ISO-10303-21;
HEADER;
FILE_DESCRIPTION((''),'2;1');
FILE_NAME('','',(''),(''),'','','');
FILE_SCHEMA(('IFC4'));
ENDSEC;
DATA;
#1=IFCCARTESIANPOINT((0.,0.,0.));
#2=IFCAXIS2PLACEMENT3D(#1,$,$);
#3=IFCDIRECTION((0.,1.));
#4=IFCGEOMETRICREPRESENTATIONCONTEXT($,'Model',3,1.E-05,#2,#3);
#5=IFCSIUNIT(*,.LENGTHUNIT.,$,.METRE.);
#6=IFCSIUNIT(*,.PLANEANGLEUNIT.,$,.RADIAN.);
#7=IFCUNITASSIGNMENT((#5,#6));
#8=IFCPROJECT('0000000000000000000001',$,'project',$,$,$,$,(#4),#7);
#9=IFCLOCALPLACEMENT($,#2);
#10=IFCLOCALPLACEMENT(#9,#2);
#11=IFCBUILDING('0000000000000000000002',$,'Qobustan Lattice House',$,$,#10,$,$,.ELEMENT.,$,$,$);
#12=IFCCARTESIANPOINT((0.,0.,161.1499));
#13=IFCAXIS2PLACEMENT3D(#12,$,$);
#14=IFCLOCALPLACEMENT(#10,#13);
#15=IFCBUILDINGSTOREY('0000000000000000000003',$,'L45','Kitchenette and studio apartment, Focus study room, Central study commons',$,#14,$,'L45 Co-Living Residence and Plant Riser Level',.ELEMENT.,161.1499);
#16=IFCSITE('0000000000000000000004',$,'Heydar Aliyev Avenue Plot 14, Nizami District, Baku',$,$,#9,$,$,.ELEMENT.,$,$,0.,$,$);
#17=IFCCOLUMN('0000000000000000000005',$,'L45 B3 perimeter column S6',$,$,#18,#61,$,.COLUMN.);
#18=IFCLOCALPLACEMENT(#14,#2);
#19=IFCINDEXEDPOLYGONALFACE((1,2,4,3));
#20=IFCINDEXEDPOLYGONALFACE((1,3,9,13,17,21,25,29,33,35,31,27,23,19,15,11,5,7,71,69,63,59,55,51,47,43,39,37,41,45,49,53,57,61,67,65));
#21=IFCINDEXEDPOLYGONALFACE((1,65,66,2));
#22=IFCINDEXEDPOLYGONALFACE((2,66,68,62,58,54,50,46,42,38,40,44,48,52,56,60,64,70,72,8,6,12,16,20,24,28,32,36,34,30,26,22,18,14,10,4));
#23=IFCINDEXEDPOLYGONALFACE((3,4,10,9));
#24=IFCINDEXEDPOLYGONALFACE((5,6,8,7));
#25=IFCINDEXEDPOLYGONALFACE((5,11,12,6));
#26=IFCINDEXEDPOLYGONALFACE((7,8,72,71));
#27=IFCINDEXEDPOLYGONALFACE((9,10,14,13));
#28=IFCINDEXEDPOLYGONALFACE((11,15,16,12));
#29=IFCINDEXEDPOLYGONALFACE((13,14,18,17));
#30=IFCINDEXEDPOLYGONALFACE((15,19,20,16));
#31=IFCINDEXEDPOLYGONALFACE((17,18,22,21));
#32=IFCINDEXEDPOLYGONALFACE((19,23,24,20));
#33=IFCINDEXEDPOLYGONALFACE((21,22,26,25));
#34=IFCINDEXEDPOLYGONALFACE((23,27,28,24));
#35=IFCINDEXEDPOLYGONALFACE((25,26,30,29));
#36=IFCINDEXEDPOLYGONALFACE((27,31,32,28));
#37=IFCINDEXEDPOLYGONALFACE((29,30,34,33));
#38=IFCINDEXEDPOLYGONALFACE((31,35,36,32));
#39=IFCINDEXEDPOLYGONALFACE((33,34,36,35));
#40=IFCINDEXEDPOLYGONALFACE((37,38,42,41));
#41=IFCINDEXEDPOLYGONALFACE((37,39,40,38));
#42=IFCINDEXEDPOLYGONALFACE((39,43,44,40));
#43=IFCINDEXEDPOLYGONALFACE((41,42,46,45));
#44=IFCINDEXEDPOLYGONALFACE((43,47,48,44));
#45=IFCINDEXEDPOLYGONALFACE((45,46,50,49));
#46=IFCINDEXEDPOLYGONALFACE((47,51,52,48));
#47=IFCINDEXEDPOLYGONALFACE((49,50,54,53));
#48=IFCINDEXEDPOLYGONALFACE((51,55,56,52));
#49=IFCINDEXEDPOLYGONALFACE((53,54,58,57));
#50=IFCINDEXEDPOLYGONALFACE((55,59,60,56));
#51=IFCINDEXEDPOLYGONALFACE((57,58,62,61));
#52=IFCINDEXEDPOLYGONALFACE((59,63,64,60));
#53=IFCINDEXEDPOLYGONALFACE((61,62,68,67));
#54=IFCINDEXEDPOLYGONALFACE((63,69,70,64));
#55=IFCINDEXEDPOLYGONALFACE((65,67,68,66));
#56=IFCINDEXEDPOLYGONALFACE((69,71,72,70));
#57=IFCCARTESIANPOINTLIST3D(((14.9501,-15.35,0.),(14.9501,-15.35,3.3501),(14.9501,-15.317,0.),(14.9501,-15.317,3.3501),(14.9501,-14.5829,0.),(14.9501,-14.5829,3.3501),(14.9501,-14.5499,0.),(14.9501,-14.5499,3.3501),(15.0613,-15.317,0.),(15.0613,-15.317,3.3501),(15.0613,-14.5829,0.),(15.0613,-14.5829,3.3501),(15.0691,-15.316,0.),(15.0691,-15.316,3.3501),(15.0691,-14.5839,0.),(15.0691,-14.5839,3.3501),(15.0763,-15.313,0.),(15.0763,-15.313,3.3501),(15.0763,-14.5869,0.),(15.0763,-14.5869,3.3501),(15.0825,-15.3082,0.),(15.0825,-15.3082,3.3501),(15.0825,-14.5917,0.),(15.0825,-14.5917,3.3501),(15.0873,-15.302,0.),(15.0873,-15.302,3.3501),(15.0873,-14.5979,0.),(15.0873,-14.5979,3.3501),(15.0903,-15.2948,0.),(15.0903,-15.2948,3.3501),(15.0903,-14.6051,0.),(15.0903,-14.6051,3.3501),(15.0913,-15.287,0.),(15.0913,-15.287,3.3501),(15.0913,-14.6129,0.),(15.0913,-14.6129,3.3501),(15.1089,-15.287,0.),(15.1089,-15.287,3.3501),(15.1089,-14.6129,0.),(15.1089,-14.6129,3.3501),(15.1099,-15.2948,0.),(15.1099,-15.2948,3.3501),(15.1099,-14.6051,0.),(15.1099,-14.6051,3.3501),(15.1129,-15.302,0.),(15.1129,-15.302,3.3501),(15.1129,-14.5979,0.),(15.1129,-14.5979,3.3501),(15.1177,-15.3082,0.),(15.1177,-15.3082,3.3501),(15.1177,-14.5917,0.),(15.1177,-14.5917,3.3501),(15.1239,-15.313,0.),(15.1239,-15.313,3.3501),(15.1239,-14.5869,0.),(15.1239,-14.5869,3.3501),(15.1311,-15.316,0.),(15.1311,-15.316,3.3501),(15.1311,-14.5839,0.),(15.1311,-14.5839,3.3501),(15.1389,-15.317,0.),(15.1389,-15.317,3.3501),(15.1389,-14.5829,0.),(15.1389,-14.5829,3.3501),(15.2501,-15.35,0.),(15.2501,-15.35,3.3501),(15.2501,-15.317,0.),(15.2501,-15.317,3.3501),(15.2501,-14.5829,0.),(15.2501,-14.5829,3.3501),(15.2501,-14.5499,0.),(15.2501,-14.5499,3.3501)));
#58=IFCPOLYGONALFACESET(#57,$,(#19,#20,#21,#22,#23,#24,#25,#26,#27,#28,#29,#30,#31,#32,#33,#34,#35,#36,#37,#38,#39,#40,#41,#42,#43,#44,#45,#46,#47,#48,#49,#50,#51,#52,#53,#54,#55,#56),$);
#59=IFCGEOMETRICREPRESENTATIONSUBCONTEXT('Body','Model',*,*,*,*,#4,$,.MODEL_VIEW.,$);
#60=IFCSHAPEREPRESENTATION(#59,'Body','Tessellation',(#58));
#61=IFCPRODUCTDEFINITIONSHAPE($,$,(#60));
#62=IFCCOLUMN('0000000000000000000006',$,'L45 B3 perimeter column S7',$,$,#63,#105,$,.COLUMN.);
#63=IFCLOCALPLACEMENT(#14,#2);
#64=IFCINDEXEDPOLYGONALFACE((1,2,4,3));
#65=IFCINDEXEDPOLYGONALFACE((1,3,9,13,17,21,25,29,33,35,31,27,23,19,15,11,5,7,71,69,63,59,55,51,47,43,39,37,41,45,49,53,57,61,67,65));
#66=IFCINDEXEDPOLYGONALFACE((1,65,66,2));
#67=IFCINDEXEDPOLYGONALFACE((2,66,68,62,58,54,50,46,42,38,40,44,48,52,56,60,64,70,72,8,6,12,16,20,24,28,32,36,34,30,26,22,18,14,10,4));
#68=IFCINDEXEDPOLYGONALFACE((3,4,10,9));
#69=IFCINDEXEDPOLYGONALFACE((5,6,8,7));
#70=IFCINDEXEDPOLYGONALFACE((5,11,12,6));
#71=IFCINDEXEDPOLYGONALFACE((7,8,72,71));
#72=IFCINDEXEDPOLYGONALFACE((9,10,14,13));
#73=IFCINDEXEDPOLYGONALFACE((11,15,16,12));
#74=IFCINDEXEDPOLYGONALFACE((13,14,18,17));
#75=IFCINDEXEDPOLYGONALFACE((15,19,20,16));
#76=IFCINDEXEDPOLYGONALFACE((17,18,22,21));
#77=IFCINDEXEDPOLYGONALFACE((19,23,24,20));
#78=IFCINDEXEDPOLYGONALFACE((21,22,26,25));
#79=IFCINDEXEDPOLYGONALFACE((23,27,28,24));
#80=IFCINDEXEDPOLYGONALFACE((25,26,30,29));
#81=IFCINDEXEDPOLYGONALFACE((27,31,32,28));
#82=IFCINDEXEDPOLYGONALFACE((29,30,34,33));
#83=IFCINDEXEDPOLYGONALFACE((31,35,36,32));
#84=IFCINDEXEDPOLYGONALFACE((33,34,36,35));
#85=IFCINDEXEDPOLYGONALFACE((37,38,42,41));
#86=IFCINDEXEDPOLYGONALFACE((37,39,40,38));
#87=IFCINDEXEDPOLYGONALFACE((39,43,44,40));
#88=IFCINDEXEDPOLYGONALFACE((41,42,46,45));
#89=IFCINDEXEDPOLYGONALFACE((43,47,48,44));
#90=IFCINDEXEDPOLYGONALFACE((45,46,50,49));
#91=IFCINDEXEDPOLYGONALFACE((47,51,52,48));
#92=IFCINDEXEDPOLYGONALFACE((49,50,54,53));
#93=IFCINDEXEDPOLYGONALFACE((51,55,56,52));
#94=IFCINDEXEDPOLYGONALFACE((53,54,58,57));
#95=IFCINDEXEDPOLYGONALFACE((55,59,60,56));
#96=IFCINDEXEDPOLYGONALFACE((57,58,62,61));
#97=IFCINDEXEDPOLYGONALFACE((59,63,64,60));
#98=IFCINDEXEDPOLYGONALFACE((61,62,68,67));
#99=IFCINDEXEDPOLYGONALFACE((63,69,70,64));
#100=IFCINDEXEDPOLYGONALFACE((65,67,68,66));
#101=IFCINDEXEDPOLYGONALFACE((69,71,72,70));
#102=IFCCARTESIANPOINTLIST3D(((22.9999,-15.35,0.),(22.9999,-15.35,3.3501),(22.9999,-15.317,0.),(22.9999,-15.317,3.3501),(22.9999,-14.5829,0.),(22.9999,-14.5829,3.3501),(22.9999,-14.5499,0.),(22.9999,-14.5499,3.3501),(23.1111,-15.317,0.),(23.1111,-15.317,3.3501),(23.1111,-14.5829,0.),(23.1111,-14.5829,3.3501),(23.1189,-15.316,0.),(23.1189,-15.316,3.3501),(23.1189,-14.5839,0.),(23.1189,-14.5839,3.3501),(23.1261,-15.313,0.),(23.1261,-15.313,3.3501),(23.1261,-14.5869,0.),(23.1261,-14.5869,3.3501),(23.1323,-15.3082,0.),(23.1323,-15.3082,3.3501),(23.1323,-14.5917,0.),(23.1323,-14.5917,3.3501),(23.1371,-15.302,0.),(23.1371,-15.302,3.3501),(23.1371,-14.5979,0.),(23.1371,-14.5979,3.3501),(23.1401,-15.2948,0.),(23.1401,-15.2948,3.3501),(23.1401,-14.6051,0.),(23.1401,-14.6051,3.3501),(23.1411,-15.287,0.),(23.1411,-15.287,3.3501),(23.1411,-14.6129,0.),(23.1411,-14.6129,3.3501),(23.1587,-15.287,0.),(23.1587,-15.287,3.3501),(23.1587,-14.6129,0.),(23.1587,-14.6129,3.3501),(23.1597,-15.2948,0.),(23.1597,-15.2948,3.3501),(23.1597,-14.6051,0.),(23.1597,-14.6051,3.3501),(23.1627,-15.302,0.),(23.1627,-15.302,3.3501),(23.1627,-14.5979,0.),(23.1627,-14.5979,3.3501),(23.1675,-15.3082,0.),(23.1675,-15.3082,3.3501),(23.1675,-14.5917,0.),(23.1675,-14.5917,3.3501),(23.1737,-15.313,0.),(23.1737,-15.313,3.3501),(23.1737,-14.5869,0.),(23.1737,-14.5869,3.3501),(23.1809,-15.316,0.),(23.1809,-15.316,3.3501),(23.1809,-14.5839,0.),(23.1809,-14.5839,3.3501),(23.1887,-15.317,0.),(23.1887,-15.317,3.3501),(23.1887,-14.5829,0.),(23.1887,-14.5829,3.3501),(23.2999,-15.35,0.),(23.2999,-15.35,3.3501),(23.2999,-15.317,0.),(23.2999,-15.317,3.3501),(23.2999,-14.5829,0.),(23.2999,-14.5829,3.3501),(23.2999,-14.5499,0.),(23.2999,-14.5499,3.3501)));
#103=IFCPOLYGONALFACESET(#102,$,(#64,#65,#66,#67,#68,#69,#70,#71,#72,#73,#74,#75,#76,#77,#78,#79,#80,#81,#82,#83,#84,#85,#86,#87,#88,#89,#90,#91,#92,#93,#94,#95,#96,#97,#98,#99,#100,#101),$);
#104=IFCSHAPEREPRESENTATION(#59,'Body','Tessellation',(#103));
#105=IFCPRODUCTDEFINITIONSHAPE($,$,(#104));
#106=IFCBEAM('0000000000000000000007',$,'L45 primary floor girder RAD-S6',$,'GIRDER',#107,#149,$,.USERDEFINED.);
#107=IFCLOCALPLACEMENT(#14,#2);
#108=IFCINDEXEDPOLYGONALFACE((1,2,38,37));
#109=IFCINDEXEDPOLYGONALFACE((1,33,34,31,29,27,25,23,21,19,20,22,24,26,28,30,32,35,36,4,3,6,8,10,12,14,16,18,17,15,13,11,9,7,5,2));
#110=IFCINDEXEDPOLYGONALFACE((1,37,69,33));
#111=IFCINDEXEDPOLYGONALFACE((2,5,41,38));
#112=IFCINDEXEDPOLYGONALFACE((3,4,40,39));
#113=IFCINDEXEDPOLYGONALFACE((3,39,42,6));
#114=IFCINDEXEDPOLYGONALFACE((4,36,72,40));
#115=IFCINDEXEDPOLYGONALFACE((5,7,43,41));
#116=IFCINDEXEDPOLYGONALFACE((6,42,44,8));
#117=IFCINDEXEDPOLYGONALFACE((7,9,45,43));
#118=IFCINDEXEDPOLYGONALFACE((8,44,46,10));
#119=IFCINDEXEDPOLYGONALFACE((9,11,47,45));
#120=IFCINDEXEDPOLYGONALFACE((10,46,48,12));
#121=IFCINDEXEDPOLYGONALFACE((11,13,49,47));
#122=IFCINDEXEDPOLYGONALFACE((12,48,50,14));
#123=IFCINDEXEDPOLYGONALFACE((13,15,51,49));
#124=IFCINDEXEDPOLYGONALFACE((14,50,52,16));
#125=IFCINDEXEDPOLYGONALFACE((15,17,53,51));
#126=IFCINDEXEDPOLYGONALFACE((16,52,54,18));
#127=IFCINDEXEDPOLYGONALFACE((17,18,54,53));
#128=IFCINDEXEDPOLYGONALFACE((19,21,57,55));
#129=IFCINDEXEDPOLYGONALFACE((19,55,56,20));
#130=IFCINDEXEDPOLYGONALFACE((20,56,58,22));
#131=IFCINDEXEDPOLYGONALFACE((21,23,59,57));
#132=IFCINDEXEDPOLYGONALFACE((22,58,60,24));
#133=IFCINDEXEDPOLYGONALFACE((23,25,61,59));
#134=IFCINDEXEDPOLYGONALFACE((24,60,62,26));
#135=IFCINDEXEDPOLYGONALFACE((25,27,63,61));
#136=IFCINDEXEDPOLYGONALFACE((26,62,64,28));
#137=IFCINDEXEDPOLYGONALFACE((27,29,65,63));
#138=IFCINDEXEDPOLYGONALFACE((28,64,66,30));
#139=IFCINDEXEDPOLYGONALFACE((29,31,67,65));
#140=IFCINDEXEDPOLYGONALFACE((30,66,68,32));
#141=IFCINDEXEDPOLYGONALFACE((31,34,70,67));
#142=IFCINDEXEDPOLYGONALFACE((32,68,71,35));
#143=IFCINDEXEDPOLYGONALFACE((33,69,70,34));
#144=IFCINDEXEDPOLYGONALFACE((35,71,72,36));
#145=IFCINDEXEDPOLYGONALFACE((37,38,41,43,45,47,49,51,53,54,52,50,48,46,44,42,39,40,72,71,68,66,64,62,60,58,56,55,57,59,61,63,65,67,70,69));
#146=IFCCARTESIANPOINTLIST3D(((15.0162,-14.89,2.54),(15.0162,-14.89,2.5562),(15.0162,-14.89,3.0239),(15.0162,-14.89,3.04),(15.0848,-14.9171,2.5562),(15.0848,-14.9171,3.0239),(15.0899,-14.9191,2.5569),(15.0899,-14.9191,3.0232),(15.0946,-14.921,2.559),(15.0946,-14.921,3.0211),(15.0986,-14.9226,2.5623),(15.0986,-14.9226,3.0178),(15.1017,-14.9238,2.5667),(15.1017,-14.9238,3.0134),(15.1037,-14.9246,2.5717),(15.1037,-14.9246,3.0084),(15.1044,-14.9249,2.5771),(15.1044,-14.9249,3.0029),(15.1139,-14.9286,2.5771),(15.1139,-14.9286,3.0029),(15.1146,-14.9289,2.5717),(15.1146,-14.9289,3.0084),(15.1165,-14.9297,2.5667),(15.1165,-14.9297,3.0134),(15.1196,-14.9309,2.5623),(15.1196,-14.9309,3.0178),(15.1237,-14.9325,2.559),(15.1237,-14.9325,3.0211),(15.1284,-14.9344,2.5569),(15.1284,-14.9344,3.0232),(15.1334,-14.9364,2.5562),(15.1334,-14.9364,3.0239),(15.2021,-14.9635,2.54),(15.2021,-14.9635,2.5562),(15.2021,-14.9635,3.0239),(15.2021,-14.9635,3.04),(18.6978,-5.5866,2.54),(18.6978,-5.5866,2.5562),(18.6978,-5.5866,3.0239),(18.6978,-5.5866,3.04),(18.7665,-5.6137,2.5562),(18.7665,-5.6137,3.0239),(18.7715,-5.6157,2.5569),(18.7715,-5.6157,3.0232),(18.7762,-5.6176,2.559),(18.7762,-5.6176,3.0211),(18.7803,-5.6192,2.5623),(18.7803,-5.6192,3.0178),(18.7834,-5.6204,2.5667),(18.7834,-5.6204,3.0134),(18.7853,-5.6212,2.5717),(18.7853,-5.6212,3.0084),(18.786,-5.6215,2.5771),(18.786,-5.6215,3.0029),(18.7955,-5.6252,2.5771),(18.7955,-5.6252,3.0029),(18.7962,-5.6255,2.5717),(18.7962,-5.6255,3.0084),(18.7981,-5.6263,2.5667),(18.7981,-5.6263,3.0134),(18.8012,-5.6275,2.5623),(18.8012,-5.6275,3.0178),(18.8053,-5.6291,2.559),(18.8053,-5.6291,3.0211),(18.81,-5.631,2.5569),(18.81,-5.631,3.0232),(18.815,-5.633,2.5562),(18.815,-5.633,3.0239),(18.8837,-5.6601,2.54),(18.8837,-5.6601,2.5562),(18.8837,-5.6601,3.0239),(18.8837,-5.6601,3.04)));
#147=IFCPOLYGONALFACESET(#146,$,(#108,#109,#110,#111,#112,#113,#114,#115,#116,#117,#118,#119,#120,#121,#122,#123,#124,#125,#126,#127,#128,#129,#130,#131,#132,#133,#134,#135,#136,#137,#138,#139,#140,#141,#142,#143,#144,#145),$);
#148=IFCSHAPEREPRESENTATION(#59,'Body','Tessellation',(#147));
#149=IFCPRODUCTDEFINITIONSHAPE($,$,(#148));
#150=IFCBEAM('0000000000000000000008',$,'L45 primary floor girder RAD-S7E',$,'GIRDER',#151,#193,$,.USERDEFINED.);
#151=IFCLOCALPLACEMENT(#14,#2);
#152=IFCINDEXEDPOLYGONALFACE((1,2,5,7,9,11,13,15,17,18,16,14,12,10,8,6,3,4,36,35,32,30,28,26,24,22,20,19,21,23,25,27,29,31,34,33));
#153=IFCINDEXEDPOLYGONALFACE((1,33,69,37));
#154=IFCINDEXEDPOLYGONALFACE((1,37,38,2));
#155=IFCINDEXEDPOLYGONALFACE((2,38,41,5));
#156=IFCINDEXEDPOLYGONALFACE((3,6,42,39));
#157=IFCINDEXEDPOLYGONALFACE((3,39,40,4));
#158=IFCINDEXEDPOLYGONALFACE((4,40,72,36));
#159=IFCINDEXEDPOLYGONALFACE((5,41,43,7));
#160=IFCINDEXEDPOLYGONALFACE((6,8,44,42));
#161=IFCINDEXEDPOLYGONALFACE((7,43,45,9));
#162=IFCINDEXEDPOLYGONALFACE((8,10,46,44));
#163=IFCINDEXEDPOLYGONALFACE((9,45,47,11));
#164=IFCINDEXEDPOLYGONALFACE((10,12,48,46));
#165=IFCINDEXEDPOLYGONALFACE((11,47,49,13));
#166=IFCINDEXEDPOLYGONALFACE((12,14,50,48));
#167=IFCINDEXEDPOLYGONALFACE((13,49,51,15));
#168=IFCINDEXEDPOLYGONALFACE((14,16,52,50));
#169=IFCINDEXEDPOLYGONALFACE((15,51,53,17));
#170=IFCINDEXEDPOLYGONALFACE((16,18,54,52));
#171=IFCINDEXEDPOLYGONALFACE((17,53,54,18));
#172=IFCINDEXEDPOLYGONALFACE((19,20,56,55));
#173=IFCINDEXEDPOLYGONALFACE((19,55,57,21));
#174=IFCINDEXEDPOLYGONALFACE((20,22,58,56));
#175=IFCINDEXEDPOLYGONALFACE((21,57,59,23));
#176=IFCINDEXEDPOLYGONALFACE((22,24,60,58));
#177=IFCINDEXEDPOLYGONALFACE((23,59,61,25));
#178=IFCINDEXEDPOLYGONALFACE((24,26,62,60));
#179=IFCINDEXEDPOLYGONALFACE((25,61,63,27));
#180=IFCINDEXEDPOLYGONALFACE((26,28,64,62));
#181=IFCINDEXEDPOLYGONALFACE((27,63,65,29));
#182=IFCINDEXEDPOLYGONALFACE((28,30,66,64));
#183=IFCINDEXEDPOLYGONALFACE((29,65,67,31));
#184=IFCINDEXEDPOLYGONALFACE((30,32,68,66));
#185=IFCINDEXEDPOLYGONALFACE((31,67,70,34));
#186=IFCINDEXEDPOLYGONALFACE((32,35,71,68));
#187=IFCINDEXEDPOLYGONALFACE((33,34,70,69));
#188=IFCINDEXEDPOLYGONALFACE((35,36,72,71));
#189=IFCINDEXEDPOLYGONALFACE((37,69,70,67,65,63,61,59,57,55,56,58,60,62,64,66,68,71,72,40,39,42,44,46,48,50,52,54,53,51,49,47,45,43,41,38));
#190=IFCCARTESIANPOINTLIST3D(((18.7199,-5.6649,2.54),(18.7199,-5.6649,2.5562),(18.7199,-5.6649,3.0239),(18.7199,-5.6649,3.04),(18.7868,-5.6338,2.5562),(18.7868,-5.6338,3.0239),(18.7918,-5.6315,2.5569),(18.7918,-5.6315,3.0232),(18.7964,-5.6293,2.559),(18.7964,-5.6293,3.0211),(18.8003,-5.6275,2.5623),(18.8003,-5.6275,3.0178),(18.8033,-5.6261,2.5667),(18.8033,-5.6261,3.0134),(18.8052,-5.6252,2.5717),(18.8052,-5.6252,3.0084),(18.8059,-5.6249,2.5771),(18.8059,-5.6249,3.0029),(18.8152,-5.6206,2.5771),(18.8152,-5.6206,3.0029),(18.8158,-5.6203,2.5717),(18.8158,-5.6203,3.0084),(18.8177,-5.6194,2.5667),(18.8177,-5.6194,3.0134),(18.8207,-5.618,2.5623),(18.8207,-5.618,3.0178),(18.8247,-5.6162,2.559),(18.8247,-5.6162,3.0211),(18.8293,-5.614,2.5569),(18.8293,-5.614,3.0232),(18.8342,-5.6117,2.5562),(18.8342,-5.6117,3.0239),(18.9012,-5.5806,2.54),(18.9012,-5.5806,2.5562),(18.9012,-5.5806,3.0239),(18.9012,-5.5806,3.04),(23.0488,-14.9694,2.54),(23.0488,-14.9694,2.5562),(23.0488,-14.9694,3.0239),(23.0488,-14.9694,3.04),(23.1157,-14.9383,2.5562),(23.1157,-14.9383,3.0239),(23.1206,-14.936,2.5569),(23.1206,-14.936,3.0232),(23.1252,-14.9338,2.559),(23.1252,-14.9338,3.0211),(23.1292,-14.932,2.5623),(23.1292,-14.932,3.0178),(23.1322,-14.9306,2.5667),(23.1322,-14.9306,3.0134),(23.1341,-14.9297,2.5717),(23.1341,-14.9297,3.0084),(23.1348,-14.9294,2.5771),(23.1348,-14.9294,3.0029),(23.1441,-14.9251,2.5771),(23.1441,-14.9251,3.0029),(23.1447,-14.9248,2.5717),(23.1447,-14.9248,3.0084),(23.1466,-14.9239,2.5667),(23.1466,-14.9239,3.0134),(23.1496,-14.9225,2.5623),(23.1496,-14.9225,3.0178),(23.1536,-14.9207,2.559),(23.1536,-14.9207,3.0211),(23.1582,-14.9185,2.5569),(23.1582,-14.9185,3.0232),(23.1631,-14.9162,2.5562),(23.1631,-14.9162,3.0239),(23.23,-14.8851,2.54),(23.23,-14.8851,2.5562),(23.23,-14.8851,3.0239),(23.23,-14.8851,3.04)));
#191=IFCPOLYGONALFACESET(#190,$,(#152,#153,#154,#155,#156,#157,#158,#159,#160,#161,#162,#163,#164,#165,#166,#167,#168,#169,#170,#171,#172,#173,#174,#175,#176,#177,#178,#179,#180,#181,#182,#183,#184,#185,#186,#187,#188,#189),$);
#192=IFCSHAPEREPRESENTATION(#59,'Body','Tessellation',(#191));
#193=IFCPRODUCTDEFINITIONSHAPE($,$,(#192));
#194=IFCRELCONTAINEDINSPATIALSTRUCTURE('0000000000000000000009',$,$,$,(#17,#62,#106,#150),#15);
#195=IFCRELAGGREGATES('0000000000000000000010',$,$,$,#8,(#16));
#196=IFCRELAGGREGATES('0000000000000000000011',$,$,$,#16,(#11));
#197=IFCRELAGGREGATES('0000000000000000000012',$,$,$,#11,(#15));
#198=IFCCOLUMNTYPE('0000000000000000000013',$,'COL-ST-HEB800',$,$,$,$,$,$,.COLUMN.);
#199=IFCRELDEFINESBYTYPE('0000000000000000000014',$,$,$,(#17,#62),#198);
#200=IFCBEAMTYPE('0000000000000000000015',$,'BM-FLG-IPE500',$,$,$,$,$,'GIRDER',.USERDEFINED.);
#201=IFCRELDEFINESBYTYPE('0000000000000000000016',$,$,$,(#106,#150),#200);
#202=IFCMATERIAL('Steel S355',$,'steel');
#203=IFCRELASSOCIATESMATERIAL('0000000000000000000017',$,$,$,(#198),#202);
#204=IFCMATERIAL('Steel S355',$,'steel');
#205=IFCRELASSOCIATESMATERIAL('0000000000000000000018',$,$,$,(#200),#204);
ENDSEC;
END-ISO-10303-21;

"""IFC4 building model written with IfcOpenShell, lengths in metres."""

from ifc_helpers import new_model, si_unit, direction, frame, origin, origin_2d, place, context, subcontext, project, spatial, i_section, extrude, material, material_profile, profile_set, type_object, element, save


model = new_model("IFC4")

# Units and contexts
model_context = context("Model", 3, precision=1e-05, world=origin(), true_north=direction((0.0, 1.0)))
body_context = subcontext(model_context, "Body", "Model", "MODEL_VIEW")
ifc_project = project(units=[si_unit("LENGTHUNIT", "METRE"), si_unit("PLANEANGLEUNIT", "RADIAN")], contexts=[model_context])

# Site, building, storey
site_placement = place(None, origin())
site = spatial("IfcSite", under=ifc_project, at=site_placement, Name="Heydar Aliyev Avenue Plot 14, Nizami District, Baku", CompositionType="ELEMENT", RefElevation=0.0)
building_placement = place(site_placement, origin())
building = spatial("IfcBuilding", under=site, at=building_placement, Name="Qobustan Lattice House", CompositionType="ELEMENT")
storey_placement = place(building_placement, frame((0.0, 0.0, 161.1499)))
storey = spatial("IfcBuildingStorey", under=building, at=storey_placement, Name="L45", Description="Kitchenette and studio apartment, Focus study room, Central study commons", LongName="L45 Co-Living Residence and Plant Riser Level", CompositionType="ELEMENT", Elevation=161.1499)

# Columns
ifc_material_1 = material(Name="Steel S355", Category="steel")
ifc_material_profile_1 = material_profile(ifc_material_1, i_section(OverallWidth=0.3, OverallDepth=0.8, WebThickness=0.0176, FlangeThickness=0.033, FilletRadius=0.03, at=origin_2d()), Name="HEB800")
ifc_profile_set_1 = profile_set([ifc_material_profile_1], Name="Steel S355")
column_type = type_object("IfcColumnType", Name="COL-ST-HEB800", PredefinedType="COLUMN", material=ifc_profile_set_1)
for number, where, z_axis, x_axis, name in (
    (1, (15.1001, -14.95, 0.0), (0.0, 0.0, 1.0), (1.0, 0.0, 0.0), "L45 B3 perimeter column S6"),
    (2, (23.1499, -14.95, 0.0), (0.0, 0.0, 1.0), (1.0, 0.0, 0.0), "L45 B3 perimeter column S7"),
):
    element("IfcColumn", number, at=place(storey_placement, frame(where, z_axis=z_axis, x_axis=x_axis)), inside=storey, type_object=column_type, Name=name, PredefinedType="COLUMN", context=body_context, shape_type="SweptSolid", body=[
        extrude(i_section(OverallWidth=0.3, OverallDepth=0.8, WebThickness=0.0176, FlangeThickness=0.033, FilletRadius=0.03, at=origin_2d()), origin(), (0.0, 0.0, 1.0), 3.3501),
    ])

# Beams
ifc_material_2 = material(Name="Steel S355", Category="steel")
ifc_material_profile_2 = material_profile(ifc_material_2, i_section(OverallWidth=0.2, OverallDepth=0.5, WebThickness=0.0103, FlangeThickness=0.0161, FilletRadius=0.021, at=origin_2d()), Name="IPE500")
ifc_profile_set_2 = profile_set([ifc_material_profile_2], Name="Steel S355")
beam_type_1 = type_object("IfcBeamType", Name="BM-FLG-IPE500", ElementType="GIRDER", PredefinedType="USERDEFINED", material=ifc_profile_set_2)
beam_1_placement = place(storey_placement, frame((15.1091, -14.9268, 2.79), z_axis=(0.367964, 0.92984, 0.0), x_axis=(-0.92984, 0.367964, 0.0)))
element("IfcBeam", 3, at=beam_1_placement, inside=storey, type_object=beam_type_1, Name="L45 primary floor girder RAD-S6", ObjectType="GIRDER", PredefinedType="USERDEFINED", context=body_context, shape_type="SweptSolid", body=[
    extrude(i_section(OverallWidth=0.2, OverallDepth=0.5, WebThickness=0.0103, FlangeThickness=0.0161, FilletRadius=0.021, at=origin_2d()), origin(), (0.0, 0.0, 1.0), 10.0054),
])
beam_2_placement = place(storey_placement, frame((23.1394, -14.9272, 2.79), z_axis=(-0.421828, 0.906676, 0.0), x_axis=(-0.906676, -0.421828, 0.0)))
element("IfcBeam", 4, at=beam_2_placement, inside=storey, type_object=beam_type_1, Name="L45 primary floor girder RAD-S7E", ObjectType="GIRDER", PredefinedType="USERDEFINED", context=body_context, shape_type="SweptSolid", body=[
    extrude(i_section(OverallWidth=0.2, OverallDepth=0.5, WebThickness=0.0103, FlangeThickness=0.0161, FilletRadius=0.021, at=origin_2d()), origin(), (0.0, 0.0, 1.0), 10.2622),
])

save(model, "model.ifc")
